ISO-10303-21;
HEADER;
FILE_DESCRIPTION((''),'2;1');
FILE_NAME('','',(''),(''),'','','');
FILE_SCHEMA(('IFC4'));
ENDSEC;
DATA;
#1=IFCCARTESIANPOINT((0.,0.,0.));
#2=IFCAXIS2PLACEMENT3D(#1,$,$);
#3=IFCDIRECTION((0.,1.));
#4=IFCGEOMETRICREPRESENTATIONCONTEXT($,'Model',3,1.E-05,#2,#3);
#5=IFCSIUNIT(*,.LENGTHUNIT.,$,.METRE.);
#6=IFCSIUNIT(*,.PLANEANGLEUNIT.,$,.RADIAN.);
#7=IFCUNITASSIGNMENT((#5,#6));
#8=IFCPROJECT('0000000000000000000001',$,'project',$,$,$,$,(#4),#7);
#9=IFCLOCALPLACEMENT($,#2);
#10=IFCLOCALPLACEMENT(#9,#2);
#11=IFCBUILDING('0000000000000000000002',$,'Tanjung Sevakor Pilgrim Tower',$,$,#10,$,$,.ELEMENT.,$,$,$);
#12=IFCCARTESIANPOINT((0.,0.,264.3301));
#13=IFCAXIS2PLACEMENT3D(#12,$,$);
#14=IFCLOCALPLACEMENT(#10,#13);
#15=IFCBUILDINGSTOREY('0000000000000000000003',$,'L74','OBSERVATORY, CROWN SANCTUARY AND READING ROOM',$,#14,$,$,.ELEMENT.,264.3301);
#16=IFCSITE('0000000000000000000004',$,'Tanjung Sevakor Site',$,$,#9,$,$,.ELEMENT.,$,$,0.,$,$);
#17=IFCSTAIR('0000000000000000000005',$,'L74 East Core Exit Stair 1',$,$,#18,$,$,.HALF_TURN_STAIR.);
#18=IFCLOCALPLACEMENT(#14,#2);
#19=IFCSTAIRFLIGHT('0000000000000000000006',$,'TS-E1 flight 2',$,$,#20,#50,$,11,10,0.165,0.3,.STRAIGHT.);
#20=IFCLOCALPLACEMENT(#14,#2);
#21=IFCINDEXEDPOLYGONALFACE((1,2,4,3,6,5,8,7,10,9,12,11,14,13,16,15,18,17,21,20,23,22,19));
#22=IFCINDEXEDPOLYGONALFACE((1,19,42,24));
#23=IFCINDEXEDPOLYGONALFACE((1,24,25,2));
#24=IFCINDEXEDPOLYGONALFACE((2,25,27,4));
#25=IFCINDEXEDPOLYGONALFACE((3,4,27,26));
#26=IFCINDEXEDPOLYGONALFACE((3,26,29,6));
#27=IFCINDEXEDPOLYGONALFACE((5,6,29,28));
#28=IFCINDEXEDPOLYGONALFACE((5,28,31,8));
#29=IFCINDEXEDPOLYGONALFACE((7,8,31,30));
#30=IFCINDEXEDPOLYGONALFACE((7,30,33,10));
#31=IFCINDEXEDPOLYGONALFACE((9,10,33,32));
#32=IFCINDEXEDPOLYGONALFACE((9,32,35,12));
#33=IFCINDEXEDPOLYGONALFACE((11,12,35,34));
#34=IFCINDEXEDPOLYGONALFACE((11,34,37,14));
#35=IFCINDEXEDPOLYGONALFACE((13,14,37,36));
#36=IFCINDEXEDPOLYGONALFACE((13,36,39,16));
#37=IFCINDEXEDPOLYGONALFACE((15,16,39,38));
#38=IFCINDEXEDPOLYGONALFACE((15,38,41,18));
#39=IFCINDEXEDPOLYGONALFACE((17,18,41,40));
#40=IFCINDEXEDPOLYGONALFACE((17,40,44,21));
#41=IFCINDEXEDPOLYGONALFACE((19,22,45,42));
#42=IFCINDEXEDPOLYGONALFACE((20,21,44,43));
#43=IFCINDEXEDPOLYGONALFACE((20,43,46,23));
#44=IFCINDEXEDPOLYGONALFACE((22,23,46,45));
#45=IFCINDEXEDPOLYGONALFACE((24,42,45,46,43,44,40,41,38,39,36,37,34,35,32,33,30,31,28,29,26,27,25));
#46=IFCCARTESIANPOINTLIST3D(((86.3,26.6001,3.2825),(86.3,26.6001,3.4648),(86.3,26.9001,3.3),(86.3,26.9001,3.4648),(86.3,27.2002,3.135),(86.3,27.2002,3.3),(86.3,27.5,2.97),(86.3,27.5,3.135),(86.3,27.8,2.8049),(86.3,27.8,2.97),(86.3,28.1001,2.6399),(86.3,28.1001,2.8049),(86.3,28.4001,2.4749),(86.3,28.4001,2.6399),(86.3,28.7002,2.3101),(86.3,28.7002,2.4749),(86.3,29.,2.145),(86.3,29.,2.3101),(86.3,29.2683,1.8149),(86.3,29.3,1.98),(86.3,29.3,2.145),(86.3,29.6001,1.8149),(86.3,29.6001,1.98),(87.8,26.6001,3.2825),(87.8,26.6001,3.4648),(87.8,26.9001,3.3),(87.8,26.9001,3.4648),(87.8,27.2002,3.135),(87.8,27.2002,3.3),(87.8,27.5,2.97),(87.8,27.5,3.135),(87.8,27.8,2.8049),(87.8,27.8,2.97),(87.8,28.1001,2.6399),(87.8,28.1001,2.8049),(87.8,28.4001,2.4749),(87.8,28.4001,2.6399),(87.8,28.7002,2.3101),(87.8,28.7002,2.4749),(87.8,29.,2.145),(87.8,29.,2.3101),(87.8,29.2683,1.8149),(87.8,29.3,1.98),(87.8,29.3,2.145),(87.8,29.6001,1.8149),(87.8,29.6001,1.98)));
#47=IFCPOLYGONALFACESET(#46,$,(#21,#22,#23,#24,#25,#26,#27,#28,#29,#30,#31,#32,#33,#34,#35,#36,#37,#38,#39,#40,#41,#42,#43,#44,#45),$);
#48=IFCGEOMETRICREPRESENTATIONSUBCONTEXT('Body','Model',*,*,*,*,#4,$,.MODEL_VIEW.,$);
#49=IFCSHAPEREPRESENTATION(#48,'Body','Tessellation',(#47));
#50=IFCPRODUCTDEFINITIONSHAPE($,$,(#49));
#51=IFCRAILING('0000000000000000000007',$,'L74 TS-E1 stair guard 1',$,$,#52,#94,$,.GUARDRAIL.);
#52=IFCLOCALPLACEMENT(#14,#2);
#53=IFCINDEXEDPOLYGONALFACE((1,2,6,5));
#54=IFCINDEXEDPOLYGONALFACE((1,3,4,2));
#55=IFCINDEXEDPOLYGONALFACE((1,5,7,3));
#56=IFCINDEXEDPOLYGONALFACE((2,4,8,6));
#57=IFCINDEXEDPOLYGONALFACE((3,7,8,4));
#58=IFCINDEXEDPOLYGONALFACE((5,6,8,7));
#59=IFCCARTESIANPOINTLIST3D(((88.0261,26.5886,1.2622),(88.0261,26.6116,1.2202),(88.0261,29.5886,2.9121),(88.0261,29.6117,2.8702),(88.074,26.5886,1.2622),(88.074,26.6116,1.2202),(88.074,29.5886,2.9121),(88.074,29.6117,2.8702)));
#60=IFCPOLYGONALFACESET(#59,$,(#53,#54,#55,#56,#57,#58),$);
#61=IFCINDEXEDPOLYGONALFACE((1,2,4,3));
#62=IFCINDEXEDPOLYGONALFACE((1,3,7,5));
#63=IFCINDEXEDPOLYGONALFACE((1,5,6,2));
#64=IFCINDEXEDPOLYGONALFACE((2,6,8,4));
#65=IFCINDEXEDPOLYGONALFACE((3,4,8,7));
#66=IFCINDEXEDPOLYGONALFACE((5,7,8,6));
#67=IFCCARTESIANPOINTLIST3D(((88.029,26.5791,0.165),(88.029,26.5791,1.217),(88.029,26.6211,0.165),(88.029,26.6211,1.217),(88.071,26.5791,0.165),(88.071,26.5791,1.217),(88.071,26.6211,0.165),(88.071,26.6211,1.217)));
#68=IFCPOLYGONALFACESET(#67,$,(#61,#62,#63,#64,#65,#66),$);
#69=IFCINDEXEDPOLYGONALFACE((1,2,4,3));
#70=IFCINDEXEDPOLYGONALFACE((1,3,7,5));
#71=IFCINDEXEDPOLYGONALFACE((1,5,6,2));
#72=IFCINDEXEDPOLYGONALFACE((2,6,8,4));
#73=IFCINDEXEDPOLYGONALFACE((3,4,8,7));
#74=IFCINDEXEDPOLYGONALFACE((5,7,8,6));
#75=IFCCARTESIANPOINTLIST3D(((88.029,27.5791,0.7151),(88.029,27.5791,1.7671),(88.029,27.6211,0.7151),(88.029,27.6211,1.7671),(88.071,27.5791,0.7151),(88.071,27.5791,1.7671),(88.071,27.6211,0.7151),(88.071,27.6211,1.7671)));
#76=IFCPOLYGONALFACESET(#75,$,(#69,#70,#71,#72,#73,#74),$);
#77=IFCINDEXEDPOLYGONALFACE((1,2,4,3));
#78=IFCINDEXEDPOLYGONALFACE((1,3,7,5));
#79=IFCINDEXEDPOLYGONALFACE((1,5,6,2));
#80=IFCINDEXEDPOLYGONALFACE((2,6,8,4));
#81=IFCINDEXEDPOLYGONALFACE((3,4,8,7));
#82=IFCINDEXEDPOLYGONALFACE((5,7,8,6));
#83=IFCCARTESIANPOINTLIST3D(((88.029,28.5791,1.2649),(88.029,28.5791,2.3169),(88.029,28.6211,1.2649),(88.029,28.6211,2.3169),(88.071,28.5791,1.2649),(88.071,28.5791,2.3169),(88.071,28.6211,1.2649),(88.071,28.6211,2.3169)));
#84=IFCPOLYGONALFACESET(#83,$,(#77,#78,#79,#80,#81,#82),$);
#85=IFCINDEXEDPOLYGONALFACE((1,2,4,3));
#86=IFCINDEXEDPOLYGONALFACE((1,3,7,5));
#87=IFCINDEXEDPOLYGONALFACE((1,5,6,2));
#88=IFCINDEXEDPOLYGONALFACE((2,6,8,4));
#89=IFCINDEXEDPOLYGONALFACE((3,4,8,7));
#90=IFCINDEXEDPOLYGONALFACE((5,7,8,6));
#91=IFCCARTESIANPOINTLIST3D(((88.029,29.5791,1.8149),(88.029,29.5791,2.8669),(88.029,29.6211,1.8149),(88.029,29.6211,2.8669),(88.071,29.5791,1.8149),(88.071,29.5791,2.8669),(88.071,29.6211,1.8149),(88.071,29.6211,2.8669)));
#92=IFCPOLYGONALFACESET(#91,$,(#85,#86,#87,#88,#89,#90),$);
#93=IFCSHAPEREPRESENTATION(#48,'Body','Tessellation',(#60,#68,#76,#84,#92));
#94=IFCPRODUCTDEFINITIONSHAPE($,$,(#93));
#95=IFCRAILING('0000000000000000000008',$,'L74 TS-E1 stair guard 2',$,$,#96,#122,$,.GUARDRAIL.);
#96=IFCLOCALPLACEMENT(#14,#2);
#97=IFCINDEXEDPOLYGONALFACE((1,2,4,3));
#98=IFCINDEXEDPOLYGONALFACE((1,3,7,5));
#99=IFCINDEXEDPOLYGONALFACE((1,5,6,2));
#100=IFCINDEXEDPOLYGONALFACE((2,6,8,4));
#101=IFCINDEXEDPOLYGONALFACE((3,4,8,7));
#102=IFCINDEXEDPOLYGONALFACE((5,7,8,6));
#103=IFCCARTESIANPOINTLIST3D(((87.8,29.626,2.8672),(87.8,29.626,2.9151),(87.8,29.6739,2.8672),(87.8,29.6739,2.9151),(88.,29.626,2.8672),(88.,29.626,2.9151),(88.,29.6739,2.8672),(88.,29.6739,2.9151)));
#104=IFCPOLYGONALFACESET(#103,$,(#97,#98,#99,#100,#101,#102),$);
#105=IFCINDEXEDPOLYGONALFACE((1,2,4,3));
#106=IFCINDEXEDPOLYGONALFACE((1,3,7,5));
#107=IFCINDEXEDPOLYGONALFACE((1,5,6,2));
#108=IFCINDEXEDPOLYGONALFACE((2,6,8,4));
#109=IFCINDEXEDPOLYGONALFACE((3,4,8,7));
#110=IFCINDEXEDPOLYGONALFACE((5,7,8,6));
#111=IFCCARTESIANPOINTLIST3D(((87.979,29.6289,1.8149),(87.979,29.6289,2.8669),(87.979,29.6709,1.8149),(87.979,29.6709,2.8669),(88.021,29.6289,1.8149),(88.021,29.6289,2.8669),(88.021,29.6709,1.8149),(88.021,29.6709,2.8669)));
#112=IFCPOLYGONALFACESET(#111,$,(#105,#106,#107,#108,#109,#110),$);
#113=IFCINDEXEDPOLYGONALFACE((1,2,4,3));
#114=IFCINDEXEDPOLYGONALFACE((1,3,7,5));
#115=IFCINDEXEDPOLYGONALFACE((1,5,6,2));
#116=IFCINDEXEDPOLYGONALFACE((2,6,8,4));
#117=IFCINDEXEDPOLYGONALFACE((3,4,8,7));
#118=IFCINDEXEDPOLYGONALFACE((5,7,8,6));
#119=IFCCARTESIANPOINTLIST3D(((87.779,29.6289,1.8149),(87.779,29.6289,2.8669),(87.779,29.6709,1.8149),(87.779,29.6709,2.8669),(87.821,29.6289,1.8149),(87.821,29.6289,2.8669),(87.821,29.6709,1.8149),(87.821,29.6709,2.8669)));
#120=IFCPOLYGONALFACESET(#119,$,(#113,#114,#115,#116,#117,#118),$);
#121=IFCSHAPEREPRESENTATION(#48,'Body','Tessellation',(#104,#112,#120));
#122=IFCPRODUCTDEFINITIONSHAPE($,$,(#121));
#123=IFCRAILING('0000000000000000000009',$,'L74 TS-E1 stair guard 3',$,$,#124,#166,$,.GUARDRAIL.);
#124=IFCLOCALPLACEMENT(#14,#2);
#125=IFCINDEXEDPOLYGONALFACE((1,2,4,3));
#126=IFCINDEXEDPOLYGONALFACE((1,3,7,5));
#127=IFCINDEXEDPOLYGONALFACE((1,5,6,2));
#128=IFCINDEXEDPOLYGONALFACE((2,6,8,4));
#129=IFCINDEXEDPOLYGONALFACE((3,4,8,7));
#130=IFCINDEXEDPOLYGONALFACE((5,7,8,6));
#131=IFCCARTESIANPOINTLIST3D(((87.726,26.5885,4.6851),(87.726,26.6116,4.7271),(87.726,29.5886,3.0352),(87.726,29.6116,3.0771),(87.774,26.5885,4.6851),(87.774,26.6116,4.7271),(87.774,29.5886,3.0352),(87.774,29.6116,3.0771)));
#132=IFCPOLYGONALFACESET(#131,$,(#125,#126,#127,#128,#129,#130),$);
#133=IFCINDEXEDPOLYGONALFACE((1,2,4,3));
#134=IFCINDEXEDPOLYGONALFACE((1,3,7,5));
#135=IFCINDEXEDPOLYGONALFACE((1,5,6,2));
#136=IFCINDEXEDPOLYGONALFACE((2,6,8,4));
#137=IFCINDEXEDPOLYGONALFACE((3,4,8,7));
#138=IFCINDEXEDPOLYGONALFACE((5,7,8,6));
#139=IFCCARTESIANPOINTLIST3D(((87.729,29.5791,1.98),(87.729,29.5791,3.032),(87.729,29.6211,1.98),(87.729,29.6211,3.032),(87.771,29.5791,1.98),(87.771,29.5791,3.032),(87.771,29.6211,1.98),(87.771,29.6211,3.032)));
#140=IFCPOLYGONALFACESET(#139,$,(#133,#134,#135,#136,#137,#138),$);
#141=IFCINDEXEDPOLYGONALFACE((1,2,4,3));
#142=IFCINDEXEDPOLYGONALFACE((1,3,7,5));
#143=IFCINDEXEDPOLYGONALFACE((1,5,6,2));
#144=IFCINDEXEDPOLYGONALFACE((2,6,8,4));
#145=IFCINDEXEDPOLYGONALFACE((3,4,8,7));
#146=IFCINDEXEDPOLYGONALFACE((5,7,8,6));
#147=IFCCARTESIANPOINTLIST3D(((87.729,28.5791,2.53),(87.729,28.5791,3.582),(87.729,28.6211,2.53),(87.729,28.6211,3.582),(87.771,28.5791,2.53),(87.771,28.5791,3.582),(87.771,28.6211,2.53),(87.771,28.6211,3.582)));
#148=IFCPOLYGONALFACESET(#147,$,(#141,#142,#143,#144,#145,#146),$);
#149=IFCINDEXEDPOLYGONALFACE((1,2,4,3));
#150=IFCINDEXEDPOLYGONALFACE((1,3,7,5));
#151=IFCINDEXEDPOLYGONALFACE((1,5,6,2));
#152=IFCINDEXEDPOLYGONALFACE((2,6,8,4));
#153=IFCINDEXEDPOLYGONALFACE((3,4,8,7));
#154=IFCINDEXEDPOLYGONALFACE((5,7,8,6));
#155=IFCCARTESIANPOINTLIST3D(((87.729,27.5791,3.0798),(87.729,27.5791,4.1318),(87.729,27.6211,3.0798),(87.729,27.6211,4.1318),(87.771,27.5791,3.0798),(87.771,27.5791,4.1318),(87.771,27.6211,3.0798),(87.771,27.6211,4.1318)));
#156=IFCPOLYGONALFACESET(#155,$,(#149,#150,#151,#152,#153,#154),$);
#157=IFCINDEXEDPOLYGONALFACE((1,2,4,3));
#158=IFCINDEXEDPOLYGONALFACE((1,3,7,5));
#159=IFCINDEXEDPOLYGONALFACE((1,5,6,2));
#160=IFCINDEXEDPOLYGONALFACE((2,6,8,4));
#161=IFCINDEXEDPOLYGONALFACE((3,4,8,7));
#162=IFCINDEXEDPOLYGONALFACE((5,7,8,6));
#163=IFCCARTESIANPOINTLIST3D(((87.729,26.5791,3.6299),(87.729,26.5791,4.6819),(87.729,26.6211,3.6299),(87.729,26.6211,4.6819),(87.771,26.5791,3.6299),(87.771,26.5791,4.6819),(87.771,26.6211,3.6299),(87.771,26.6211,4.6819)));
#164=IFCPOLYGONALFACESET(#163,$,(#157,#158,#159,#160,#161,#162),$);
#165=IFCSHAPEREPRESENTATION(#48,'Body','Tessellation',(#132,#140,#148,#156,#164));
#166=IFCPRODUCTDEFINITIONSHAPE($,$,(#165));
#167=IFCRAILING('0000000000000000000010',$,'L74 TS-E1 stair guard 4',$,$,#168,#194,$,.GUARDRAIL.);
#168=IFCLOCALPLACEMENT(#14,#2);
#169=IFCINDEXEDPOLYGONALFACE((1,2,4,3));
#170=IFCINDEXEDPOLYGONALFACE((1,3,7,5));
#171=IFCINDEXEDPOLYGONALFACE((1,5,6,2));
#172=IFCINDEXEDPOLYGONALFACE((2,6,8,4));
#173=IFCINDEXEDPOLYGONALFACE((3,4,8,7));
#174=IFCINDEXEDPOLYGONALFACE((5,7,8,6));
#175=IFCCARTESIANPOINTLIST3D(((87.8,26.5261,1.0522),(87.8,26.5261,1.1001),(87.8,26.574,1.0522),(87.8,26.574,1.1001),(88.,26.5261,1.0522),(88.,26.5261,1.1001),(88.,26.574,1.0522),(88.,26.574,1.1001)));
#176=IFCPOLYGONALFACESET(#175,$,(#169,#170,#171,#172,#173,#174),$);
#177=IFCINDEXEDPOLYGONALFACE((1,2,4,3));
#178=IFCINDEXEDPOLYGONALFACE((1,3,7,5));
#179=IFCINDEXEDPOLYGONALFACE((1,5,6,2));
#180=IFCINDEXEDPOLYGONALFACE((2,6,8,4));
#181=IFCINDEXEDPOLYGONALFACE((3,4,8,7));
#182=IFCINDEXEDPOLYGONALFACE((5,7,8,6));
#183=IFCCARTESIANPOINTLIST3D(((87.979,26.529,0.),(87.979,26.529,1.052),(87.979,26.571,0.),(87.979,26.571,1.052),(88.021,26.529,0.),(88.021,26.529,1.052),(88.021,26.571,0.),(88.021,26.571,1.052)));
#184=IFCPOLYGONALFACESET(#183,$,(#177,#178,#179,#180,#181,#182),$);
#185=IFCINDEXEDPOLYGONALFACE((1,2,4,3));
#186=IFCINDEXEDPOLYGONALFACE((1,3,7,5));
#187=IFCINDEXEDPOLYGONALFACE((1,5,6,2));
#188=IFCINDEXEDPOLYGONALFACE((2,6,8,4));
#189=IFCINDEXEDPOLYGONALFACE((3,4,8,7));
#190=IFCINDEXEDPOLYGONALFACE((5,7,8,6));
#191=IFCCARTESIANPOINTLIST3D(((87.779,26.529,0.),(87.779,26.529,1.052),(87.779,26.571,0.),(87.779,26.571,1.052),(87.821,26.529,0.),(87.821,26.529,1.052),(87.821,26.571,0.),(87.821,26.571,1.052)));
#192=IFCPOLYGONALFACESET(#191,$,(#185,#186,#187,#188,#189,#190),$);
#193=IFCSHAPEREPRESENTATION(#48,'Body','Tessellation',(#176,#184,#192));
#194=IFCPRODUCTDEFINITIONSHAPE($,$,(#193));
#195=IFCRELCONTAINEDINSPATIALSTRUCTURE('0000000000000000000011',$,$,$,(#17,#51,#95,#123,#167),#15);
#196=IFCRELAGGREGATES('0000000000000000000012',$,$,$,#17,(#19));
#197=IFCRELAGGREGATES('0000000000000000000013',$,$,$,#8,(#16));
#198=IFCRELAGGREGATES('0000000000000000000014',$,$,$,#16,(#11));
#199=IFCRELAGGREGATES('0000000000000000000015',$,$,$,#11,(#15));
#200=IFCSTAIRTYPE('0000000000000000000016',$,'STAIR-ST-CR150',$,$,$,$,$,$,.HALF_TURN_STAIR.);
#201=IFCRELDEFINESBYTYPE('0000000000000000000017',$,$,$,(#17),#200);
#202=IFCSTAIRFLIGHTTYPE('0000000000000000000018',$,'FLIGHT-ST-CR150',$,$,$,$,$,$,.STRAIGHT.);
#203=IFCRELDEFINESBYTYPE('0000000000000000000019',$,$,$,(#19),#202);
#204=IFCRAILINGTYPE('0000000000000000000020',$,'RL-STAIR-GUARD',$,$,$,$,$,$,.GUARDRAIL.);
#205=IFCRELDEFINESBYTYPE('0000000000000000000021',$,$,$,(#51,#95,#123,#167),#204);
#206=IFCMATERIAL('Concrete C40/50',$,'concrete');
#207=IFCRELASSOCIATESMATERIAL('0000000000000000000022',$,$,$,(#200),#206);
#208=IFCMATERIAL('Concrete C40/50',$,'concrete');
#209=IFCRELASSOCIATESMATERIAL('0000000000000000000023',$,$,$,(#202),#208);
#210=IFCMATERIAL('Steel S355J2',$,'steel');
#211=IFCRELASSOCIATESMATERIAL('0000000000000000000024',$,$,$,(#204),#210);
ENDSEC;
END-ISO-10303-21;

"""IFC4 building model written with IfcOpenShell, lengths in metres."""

from ifc_helpers import new_model, si_unit, direction, frame, origin, place, context, subcontext, project, spatial, polyline, rectangle, outline, extrude, material, type_object, element, aggregate, save


model = new_model("IFC4")

# Units and contexts
model_context = context("Model", 3, precision=1e-05, world=origin(), true_north=direction((0.0, 1.0)))
body_context = subcontext(model_context, "Body", "Model", "MODEL_VIEW")
ifc_project = project(units=[si_unit("LENGTHUNIT", "METRE"), si_unit("PLANEANGLEUNIT", "RADIAN")], contexts=[model_context])

# Site, building, storey
site_placement = place(None, origin())
site = spatial("IfcSite", under=ifc_project, at=site_placement, Name="Tanjung Sevakor Site", CompositionType="ELEMENT", RefElevation=0.0)
building_placement = place(site_placement, origin())
building = spatial("IfcBuilding", under=site, at=building_placement, Name="Tanjung Sevakor Pilgrim Tower", CompositionType="ELEMENT")
storey_placement = place(building_placement, frame((0.0, 0.0, 264.3301)))
storey = spatial("IfcBuildingStorey", under=building, at=storey_placement, Name="L74", Description="OBSERVATORY, CROWN SANCTUARY AND READING ROOM", CompositionType="ELEMENT", Elevation=264.3301)

# Stair, stair flight
ifc_material_1 = material(Name="Concrete C40/50", Category="concrete")
stair_type = type_object("IfcStairType", Name="STAIR-ST-CR150", PredefinedType="HALF_TURN_STAIR", material=ifc_material_1)
stair_placement = place(storey_placement, origin())
stair = element("IfcStair", 1, at=stair_placement, inside=storey, type_object=stair_type, Name="L74 East Core Exit Stair 1", PredefinedType="HALF_TURN_STAIR")
ifc_material_2 = material(Name="Concrete C40/50", Category="concrete")
stair_flight_type = type_object("IfcStairFlightType", Name="FLIGHT-ST-CR150", PredefinedType="STRAIGHT", material=ifc_material_2)
stair_flight_1_placement = place(storey_placement, frame((87.05, 29.6001, 1.8149), z_axis=(0.0, 0.0, 1.0), x_axis=(0.0, -1.0, 0.0)))
stair_flight_1 = element("IfcStairFlight", 2, at=stair_flight_1_placement, type_object=stair_flight_type, Name="TS-E1 flight 2", NumberOfRisers=11, NumberOfTreads=10, PredefinedType="STRAIGHT", RiserHeight=0.165, TreadLength=0.3, context=body_context, shape_type="SweptSolid", body=[
    extrude(outline(polyline([(0.0, 0.0), (0.0, 0.165), (0.3, 0.165), (0.3, 0.3301), (0.6001, 0.3301), (0.6001, 0.4951), (0.8999, 0.4951), (0.8999, 0.6599), (1.2, 0.6599), (1.2, 0.825), (1.5, 0.825), (1.5, 0.99), (1.8, 0.99), (1.8, 1.155), (2.1001, 1.155), (2.1001, 1.3201), (2.3999, 1.3201), (2.3999, 1.4851), (2.7, 1.4851), (2.7, 1.6499), (3.0, 1.6499), (3.0, 1.8149), (3.0, 1.4675), (0.3318, 0.0), (0.0, 0.0)])), frame((0.0, 0.75, 0.0), z_axis=(0.0, -1.0, 0.0), x_axis=(1.0, 0.0, 0.0)), (0.0, 0.0, 1.0), 1.5),
])
aggregate(stair, [stair_flight_1])

# Railings
ifc_material_3 = material(Name="Steel S355J2", Category="steel")
railing_type_1 = type_object("IfcRailingType", Name="RL-STAIR-GUARD", PredefinedType="GUARDRAIL", material=ifc_material_3)
railing_1_placement = place(storey_placement, frame((88.05, 26.6001, 0.165)))
element("IfcRailing", 3, at=railing_1_placement, inside=storey, type_object=railing_type_1, Name="L74 TS-E1 stair guard 1", PredefinedType="GUARDRAIL", context=body_context, shape_type="SweptSolid", body=[
    extrude(rectangle(XDim=0.0479, YDim=0.0479), frame((0.0, 0.0, 1.0762), z_axis=(0.0, 0.876228, 0.481897), x_axis=(-1.0, 0.0, 0.0)), (0.0, 0.0, 1.0), 3.4238),
    extrude(rectangle(XDim=0.042, YDim=0.042), origin(), (0.0, 0.0, 1.0), 1.052),
    extrude(rectangle(XDim=0.042, YDim=0.042), frame((0.0, 1.0, 0.55)), (0.0, 0.0, 1.0), 1.052),
    extrude(rectangle(XDim=0.042, YDim=0.042), frame((0.0, 2.0, 1.0999)), (0.0, 0.0, 1.0), 1.052),
    extrude(rectangle(XDim=0.042, YDim=0.042), frame((0.0, 3.0, 1.6499)), (0.0, 0.0, 1.0), 1.052),
])
railing_2_placement = place(storey_placement, frame((88.0, 29.6499, 1.8149)))
element("IfcRailing", 4, at=railing_2_placement, inside=storey, type_object=railing_type_1, Name="L74 TS-E1 stair guard 2", PredefinedType="GUARDRAIL", context=body_context, shape_type="SweptSolid", body=[
    extrude(rectangle(XDim=0.0479, YDim=0.0479), frame((0.0, 0.0, 1.0762), z_axis=(-1.0, 0.0, 0.0), x_axis=(0.0, -1.0, 0.0)), (0.0, 0.0, 1.0), 0.2),
    extrude(rectangle(XDim=0.042, YDim=0.042), origin(), (0.0, 0.0, 1.0), 1.052),
    extrude(rectangle(XDim=0.042, YDim=0.042), frame((-0.2, 0.0, 0.0)), (0.0, 0.0, 1.0), 1.052),
])
railing_3_placement = place(storey_placement, frame((87.75, 29.6001, 1.98)))
element("IfcRailing", 5, at=railing_3_placement, inside=storey, type_object=railing_type_1, Name="L74 TS-E1 stair guard 3", PredefinedType="GUARDRAIL", context=body_context, shape_type="SweptSolid", body=[
    extrude(rectangle(XDim=0.0479, YDim=0.0479), frame((0.0, 0.0, 1.0762), z_axis=(0.0, -0.876228, 0.481897), x_axis=(1.0, 0.0, 0.0)), (0.0, 0.0, 1.0), 3.4238),
    extrude(rectangle(XDim=0.042, YDim=0.042), origin(), (0.0, 0.0, 1.0), 1.052),
    extrude(rectangle(XDim=0.042, YDim=0.042), frame((0.0, -1.0, 0.55)), (0.0, 0.0, 1.0), 1.052),
    extrude(rectangle(XDim=0.042, YDim=0.042), frame((0.0, -2.0, 1.0999)), (0.0, 0.0, 1.0), 1.052),
    extrude(rectangle(XDim=0.042, YDim=0.042), frame((0.0, -3.0, 1.6499)), (0.0, 0.0, 1.0), 1.052),
])
railing_4_placement = place(storey_placement, frame((88.0, 26.55, 0.0)))
element("IfcRailing", 6, at=railing_4_placement, inside=storey, type_object=railing_type_1, Name="L74 TS-E1 stair guard 4", PredefinedType="GUARDRAIL", context=body_context, shape_type="SweptSolid", body=[
    extrude(rectangle(XDim=0.0479, YDim=0.0479), frame((0.0, 0.0, 1.0762), z_axis=(-1.0, 0.0, 0.0), x_axis=(0.0, -1.0, 0.0)), (0.0, 0.0, 1.0), 0.2),
    extrude(rectangle(XDim=0.042, YDim=0.042), origin(), (0.0, 0.0, 1.0), 1.052),
    extrude(rectangle(XDim=0.042, YDim=0.042), frame((-0.2, 0.0, 0.0)), (0.0, 0.0, 1.0), 1.052),
])

save(model, "model.ifc")
